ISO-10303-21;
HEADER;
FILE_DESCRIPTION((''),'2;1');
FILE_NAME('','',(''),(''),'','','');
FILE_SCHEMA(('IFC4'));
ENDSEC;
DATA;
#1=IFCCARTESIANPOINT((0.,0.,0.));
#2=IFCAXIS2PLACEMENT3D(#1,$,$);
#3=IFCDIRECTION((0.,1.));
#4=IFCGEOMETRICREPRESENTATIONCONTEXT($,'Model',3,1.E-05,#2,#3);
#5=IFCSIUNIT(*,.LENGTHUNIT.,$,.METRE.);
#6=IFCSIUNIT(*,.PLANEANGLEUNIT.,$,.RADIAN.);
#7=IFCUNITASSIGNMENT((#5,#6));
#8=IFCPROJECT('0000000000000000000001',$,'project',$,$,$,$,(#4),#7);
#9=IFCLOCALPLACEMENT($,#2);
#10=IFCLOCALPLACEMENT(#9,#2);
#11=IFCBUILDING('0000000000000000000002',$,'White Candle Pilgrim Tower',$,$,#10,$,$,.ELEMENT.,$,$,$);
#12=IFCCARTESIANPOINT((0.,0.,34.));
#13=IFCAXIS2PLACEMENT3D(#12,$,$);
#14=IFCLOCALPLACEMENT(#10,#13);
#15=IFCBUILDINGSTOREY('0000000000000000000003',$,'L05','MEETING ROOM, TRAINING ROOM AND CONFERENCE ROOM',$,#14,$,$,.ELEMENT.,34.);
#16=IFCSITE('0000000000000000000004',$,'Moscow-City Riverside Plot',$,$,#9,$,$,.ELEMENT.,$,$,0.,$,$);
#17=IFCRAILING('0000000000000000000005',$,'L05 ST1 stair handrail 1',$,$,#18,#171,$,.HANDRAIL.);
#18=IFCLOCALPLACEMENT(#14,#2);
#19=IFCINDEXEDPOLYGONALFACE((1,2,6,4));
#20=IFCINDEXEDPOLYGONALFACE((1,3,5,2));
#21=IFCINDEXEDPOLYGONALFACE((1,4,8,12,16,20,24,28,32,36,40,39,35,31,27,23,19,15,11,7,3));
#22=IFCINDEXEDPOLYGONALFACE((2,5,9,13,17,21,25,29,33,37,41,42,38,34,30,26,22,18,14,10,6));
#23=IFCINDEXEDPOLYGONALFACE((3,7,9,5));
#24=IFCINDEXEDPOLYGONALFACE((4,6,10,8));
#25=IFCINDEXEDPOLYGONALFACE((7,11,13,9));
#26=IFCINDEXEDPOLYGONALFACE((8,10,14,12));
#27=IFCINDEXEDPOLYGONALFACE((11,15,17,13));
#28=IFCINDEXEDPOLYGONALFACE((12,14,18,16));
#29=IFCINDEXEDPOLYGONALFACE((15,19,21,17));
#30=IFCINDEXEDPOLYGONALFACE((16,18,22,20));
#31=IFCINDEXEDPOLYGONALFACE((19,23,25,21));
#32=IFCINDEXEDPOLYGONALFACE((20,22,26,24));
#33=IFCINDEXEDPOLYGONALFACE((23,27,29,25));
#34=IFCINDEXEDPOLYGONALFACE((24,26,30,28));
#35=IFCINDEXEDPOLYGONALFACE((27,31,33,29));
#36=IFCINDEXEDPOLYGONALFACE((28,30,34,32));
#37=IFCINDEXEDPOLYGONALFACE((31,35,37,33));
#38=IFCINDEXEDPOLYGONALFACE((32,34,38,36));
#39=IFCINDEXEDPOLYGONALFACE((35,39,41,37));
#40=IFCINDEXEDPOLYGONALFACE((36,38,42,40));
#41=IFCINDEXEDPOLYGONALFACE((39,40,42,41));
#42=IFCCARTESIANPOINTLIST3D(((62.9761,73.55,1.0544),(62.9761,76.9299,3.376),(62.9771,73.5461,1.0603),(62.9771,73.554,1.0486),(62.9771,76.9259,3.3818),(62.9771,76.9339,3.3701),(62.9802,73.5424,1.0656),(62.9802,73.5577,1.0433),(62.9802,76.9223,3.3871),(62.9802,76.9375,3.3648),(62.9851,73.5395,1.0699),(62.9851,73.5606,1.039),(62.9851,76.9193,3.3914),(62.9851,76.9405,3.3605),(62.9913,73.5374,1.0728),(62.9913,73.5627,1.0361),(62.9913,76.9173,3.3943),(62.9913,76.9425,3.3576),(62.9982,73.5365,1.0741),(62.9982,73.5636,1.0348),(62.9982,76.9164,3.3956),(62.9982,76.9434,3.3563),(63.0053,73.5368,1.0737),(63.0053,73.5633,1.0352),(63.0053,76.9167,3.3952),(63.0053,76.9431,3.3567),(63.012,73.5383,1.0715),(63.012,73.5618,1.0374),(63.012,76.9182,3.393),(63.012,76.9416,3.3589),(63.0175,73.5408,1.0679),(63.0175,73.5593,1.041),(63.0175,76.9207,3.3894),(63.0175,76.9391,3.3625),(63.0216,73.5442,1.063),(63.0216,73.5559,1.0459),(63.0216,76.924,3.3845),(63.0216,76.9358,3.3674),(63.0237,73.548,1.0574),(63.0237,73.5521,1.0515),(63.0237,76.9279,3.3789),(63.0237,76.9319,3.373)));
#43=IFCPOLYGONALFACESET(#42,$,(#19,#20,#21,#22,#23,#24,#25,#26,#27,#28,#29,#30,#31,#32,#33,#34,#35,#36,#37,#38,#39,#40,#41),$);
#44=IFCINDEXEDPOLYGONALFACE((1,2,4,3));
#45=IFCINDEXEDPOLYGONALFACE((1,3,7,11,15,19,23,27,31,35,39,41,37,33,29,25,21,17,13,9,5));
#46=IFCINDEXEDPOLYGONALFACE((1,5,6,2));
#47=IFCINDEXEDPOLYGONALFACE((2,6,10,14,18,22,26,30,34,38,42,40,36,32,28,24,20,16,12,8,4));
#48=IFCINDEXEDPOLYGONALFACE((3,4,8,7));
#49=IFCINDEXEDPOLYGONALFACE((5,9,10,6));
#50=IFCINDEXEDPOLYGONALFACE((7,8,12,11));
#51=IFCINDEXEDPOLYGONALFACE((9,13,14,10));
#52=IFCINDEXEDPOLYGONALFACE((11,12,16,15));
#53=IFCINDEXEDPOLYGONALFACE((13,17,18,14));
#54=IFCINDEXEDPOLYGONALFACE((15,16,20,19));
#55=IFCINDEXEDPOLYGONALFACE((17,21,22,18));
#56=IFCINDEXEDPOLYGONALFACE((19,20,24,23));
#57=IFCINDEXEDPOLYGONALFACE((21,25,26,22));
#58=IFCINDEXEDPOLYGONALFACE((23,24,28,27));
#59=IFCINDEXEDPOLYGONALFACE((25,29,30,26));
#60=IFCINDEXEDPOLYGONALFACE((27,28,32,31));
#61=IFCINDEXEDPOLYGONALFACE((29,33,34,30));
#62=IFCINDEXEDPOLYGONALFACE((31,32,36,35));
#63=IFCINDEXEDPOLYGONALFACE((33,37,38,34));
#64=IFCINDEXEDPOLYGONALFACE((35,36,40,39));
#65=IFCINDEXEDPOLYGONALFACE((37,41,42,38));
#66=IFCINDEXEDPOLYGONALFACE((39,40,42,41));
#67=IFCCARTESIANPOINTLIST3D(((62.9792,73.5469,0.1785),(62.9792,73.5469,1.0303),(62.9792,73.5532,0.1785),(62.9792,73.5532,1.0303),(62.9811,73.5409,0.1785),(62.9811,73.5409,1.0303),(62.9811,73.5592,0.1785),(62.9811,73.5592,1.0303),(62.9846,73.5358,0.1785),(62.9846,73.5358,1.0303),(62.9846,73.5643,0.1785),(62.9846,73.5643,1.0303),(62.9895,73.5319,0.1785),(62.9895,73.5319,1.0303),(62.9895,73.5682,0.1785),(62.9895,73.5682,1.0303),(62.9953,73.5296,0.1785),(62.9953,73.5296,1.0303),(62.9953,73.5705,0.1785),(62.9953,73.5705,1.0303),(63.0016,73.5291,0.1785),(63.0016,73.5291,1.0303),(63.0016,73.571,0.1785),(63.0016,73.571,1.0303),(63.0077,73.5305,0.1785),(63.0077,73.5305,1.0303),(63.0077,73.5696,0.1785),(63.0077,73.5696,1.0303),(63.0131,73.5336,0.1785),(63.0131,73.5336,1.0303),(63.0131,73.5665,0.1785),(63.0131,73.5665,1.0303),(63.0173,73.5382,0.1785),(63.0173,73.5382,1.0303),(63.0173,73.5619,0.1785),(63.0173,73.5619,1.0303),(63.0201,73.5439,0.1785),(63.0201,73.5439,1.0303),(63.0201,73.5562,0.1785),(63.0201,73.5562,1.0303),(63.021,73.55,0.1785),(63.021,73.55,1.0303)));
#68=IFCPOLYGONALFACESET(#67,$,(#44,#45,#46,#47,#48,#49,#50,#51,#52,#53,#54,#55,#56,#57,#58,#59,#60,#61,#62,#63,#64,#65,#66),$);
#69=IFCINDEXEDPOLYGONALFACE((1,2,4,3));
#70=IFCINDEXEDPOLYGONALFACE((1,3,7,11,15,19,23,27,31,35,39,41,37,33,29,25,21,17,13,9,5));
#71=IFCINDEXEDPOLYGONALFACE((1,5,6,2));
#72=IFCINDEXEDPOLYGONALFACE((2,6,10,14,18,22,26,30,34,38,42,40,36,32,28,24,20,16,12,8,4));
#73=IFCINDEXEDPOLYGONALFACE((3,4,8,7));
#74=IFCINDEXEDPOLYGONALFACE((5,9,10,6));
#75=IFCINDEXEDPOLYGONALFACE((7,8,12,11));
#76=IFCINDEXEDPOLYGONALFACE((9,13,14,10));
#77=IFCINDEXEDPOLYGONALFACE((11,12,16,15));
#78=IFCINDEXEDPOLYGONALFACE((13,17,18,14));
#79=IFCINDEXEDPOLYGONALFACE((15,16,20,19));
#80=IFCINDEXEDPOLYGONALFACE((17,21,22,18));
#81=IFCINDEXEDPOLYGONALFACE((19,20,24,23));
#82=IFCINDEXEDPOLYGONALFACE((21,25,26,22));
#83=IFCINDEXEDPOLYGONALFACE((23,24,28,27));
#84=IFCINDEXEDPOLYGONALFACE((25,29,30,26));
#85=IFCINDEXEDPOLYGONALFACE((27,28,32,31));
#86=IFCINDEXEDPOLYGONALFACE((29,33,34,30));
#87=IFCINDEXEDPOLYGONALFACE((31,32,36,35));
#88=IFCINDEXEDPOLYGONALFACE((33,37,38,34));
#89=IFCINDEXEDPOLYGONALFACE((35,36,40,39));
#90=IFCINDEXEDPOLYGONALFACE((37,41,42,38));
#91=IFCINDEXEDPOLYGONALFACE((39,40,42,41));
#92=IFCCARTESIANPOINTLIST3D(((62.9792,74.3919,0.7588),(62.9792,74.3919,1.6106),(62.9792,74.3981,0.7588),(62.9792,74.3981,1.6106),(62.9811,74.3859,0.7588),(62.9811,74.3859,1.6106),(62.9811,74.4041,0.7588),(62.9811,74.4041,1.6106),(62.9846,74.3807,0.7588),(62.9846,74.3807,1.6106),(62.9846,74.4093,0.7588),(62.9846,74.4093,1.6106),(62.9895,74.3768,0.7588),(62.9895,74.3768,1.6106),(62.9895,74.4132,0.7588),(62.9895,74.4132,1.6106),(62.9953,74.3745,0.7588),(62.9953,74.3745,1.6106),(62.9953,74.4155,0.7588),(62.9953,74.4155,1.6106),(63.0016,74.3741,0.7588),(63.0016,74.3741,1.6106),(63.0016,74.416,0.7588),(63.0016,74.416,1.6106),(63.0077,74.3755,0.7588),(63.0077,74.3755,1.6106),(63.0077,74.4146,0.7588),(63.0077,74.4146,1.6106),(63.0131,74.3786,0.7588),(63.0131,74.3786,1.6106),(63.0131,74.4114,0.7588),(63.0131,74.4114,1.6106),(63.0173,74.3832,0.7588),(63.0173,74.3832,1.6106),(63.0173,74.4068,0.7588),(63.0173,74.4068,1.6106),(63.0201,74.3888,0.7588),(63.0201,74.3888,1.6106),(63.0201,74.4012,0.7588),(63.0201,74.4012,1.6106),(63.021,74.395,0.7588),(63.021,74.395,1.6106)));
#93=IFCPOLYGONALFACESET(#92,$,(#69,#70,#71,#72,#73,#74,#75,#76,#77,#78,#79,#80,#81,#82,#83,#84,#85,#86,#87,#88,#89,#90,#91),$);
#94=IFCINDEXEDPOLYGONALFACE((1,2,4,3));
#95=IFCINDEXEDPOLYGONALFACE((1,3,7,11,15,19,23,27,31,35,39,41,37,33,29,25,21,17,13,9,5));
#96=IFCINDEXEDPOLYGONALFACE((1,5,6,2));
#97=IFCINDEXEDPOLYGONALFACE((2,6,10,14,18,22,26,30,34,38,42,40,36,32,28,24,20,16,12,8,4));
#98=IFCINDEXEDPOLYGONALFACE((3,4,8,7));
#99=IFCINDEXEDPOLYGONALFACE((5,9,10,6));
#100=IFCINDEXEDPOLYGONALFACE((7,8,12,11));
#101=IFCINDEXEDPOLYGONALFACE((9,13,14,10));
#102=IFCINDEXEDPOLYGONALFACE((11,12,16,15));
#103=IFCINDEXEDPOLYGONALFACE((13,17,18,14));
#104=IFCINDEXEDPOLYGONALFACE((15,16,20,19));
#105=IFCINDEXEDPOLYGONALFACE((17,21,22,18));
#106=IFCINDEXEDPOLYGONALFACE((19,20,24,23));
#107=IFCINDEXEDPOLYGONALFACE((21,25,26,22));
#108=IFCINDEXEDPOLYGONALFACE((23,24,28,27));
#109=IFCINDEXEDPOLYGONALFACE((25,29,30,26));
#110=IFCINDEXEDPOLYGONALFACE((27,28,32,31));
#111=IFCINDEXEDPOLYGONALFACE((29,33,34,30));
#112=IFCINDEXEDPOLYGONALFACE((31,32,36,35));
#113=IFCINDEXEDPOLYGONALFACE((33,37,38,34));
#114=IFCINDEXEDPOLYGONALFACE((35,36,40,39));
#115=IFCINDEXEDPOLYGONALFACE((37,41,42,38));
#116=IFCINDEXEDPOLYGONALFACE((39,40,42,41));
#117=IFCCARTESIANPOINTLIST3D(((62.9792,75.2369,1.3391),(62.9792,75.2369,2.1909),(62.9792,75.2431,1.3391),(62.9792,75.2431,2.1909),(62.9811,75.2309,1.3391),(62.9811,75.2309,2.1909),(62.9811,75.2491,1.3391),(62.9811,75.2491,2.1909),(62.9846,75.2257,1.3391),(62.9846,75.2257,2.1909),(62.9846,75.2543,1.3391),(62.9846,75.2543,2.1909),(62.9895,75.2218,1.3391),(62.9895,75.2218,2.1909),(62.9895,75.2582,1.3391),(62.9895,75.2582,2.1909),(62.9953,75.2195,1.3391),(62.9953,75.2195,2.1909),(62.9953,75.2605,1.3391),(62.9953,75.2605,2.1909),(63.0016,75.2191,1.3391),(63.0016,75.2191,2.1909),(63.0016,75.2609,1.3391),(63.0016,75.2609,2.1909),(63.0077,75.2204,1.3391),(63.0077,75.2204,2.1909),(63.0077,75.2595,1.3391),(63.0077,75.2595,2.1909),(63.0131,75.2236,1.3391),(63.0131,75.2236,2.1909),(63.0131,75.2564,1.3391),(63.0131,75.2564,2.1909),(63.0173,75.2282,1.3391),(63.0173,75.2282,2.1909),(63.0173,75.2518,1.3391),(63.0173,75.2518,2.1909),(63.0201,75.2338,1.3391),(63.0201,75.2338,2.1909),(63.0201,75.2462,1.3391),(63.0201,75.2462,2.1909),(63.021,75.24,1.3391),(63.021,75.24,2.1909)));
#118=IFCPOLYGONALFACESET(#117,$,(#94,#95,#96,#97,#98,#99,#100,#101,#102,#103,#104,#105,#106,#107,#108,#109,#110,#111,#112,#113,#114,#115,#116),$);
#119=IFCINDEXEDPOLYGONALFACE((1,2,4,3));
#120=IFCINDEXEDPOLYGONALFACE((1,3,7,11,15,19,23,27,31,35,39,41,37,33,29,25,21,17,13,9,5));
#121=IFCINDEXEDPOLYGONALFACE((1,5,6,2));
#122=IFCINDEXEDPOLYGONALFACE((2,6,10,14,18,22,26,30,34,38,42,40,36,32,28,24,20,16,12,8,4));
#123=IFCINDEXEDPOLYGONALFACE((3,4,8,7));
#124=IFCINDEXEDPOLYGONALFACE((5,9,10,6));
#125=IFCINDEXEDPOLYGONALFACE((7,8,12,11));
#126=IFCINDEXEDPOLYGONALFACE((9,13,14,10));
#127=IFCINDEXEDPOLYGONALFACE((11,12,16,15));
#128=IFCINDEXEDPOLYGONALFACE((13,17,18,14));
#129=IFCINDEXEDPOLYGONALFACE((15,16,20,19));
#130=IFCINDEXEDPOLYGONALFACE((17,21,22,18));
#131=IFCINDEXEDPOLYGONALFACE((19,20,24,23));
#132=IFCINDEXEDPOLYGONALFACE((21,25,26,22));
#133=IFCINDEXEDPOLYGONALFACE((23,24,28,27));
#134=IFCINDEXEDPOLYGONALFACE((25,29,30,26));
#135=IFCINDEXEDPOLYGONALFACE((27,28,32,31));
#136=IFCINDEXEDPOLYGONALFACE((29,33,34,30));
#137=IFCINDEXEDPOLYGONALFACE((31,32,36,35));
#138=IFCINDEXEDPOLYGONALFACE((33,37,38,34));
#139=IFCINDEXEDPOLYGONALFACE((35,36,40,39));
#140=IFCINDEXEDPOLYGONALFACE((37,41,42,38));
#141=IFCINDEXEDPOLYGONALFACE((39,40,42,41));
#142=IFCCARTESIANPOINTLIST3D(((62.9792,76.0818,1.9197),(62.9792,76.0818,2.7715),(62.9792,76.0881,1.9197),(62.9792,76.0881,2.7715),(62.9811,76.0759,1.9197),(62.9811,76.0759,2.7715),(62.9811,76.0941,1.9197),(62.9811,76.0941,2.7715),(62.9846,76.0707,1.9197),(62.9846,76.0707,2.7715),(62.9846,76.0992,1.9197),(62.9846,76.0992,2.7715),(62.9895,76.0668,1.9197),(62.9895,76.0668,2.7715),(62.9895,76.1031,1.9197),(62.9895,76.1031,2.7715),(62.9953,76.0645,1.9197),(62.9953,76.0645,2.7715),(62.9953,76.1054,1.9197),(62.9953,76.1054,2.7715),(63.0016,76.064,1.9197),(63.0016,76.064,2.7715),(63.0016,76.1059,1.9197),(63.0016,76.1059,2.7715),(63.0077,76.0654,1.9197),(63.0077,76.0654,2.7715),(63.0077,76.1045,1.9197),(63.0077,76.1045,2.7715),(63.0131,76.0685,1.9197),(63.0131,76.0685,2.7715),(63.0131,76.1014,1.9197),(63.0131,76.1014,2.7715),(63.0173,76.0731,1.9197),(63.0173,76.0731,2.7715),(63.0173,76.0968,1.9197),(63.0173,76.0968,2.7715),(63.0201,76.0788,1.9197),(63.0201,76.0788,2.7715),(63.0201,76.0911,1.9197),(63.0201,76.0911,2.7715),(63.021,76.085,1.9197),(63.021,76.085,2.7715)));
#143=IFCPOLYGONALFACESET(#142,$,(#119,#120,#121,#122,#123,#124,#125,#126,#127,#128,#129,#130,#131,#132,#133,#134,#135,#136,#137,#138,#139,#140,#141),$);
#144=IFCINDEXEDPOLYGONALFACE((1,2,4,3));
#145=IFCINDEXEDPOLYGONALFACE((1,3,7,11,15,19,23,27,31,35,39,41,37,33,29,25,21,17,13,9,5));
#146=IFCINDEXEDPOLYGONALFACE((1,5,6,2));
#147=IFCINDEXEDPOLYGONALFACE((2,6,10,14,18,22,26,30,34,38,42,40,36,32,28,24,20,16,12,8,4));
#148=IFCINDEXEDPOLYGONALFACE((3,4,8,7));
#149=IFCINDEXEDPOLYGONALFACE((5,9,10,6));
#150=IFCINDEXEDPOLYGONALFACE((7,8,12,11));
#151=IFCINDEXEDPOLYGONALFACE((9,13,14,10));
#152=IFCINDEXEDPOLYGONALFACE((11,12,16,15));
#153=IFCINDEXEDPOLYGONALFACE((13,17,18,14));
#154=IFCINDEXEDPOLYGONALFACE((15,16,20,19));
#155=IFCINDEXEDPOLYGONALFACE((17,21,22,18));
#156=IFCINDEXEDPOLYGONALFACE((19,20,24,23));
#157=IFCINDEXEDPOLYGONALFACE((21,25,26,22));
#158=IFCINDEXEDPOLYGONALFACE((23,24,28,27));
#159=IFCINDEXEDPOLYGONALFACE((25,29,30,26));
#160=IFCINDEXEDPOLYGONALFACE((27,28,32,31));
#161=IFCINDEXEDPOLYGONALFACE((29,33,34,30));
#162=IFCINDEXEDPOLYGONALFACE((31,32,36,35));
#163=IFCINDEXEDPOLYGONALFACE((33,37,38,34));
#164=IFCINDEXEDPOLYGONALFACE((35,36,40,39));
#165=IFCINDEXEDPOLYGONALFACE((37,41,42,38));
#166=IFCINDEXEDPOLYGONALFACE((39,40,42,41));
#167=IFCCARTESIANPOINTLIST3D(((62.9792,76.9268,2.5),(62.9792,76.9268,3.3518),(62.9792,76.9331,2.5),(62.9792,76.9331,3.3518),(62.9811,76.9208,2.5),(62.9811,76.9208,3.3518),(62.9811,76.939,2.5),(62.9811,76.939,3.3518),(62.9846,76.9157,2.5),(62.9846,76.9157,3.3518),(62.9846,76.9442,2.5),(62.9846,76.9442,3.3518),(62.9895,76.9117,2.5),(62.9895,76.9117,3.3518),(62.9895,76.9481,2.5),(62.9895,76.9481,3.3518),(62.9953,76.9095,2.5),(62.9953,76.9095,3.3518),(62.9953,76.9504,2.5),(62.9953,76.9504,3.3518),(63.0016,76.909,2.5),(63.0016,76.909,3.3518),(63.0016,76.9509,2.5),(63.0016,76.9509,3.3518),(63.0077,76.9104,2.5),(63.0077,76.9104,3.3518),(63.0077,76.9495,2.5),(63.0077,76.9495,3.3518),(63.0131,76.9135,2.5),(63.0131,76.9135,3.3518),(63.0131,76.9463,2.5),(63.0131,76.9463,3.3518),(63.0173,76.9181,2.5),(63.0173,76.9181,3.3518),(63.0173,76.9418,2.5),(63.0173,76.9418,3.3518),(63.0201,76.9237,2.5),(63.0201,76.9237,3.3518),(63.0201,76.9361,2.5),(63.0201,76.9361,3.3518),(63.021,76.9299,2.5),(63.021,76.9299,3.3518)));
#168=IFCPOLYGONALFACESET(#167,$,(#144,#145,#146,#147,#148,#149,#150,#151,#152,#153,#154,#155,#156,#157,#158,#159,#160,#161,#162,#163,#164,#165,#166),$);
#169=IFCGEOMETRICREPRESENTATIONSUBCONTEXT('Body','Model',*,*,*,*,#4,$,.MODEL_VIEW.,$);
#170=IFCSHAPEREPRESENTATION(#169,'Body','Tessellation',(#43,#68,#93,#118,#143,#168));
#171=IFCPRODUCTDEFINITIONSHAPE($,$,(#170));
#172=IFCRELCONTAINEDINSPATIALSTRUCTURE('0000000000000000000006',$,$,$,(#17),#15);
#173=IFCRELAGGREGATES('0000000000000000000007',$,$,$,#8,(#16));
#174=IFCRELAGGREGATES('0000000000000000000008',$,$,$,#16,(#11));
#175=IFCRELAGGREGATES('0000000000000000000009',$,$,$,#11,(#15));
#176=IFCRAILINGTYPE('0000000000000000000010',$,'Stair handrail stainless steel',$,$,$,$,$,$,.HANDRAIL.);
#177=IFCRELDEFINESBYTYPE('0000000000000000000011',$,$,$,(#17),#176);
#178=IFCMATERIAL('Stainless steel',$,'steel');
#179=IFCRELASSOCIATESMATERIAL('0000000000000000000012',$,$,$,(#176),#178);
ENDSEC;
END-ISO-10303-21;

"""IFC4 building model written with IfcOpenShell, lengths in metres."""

from ifc_helpers import new_model, si_unit, direction, frame, origin, origin_2d, place, context, subcontext, project, spatial, circle, extrude, material, type_object, element, save


model = new_model("IFC4")

# Units and contexts
model_context = context("Model", 3, precision=1e-05, world=origin(), true_north=direction((0.0, 1.0)))
body_context = subcontext(model_context, "Body", "Model", "MODEL_VIEW")
ifc_project = project(units=[si_unit("LENGTHUNIT", "METRE"), si_unit("PLANEANGLEUNIT", "RADIAN")], contexts=[model_context])

# Site, building, storey
site_placement = place(None, origin())
site = spatial("IfcSite", under=ifc_project, at=site_placement, Name="Moscow-City Riverside Plot", CompositionType="ELEMENT", RefElevation=0.0)
building_placement = place(site_placement, origin())
building = spatial("IfcBuilding", under=site, at=building_placement, Name="White Candle Pilgrim Tower", CompositionType="ELEMENT")
storey_placement = place(building_placement, frame((0.0, 0.0, 34.0)))
storey = spatial("IfcBuildingStorey", under=building, at=storey_placement, Name="L05", Description="MEETING ROOM, TRAINING ROOM AND CONFERENCE ROOM", CompositionType="ELEMENT", Elevation=34.0)

# Railing
ifc_material_1 = material(Name="Stainless steel", Category="steel")
railing_type_1 = type_object("IfcRailingType", Name="Stair handrail stainless steel", PredefinedType="HANDRAIL", material=ifc_material_1)
railing_1_placement = place(storey_placement, frame((63.0, 73.55, 0.1785)))
element("IfcRailing", 1, at=railing_1_placement, inside=storey, type_object=railing_type_1, Name="L05 ST1 stair handrail 1", PredefinedType="HANDRAIL", context=body_context, shape_type="SweptSolid", body=[
    extrude(circle(Radius=0.0239, at=origin_2d()), frame((0.0, 0.0, 0.876), z_axis=(0.0, 0.824285, 0.566175), x_axis=(-1.0, 0.0, 0.0)), (0.0, 0.0, 1.0), 4.1003),
    extrude(circle(Radius=0.021, at=origin_2d()), origin(), (0.0, 0.0, 1.0), 0.8518),
    extrude(circle(Radius=0.021, at=origin_2d()), frame((0.0, 0.845, 0.5803)), (0.0, 0.0, 1.0), 0.8518),
    extrude(circle(Radius=0.021, at=origin_2d()), frame((0.0, 1.6899, 1.1606)), (0.0, 0.0, 1.0), 0.8518),
    extrude(circle(Radius=0.021, at=origin_2d()), frame((0.0, 2.5349, 1.7412)), (0.0, 0.0, 1.0), 0.8518),
    extrude(circle(Radius=0.021, at=origin_2d()), frame((0.0, 3.3799, 2.3215)), (0.0, 0.0, 1.0), 0.8518),
])

save(model, "model.ifc")
